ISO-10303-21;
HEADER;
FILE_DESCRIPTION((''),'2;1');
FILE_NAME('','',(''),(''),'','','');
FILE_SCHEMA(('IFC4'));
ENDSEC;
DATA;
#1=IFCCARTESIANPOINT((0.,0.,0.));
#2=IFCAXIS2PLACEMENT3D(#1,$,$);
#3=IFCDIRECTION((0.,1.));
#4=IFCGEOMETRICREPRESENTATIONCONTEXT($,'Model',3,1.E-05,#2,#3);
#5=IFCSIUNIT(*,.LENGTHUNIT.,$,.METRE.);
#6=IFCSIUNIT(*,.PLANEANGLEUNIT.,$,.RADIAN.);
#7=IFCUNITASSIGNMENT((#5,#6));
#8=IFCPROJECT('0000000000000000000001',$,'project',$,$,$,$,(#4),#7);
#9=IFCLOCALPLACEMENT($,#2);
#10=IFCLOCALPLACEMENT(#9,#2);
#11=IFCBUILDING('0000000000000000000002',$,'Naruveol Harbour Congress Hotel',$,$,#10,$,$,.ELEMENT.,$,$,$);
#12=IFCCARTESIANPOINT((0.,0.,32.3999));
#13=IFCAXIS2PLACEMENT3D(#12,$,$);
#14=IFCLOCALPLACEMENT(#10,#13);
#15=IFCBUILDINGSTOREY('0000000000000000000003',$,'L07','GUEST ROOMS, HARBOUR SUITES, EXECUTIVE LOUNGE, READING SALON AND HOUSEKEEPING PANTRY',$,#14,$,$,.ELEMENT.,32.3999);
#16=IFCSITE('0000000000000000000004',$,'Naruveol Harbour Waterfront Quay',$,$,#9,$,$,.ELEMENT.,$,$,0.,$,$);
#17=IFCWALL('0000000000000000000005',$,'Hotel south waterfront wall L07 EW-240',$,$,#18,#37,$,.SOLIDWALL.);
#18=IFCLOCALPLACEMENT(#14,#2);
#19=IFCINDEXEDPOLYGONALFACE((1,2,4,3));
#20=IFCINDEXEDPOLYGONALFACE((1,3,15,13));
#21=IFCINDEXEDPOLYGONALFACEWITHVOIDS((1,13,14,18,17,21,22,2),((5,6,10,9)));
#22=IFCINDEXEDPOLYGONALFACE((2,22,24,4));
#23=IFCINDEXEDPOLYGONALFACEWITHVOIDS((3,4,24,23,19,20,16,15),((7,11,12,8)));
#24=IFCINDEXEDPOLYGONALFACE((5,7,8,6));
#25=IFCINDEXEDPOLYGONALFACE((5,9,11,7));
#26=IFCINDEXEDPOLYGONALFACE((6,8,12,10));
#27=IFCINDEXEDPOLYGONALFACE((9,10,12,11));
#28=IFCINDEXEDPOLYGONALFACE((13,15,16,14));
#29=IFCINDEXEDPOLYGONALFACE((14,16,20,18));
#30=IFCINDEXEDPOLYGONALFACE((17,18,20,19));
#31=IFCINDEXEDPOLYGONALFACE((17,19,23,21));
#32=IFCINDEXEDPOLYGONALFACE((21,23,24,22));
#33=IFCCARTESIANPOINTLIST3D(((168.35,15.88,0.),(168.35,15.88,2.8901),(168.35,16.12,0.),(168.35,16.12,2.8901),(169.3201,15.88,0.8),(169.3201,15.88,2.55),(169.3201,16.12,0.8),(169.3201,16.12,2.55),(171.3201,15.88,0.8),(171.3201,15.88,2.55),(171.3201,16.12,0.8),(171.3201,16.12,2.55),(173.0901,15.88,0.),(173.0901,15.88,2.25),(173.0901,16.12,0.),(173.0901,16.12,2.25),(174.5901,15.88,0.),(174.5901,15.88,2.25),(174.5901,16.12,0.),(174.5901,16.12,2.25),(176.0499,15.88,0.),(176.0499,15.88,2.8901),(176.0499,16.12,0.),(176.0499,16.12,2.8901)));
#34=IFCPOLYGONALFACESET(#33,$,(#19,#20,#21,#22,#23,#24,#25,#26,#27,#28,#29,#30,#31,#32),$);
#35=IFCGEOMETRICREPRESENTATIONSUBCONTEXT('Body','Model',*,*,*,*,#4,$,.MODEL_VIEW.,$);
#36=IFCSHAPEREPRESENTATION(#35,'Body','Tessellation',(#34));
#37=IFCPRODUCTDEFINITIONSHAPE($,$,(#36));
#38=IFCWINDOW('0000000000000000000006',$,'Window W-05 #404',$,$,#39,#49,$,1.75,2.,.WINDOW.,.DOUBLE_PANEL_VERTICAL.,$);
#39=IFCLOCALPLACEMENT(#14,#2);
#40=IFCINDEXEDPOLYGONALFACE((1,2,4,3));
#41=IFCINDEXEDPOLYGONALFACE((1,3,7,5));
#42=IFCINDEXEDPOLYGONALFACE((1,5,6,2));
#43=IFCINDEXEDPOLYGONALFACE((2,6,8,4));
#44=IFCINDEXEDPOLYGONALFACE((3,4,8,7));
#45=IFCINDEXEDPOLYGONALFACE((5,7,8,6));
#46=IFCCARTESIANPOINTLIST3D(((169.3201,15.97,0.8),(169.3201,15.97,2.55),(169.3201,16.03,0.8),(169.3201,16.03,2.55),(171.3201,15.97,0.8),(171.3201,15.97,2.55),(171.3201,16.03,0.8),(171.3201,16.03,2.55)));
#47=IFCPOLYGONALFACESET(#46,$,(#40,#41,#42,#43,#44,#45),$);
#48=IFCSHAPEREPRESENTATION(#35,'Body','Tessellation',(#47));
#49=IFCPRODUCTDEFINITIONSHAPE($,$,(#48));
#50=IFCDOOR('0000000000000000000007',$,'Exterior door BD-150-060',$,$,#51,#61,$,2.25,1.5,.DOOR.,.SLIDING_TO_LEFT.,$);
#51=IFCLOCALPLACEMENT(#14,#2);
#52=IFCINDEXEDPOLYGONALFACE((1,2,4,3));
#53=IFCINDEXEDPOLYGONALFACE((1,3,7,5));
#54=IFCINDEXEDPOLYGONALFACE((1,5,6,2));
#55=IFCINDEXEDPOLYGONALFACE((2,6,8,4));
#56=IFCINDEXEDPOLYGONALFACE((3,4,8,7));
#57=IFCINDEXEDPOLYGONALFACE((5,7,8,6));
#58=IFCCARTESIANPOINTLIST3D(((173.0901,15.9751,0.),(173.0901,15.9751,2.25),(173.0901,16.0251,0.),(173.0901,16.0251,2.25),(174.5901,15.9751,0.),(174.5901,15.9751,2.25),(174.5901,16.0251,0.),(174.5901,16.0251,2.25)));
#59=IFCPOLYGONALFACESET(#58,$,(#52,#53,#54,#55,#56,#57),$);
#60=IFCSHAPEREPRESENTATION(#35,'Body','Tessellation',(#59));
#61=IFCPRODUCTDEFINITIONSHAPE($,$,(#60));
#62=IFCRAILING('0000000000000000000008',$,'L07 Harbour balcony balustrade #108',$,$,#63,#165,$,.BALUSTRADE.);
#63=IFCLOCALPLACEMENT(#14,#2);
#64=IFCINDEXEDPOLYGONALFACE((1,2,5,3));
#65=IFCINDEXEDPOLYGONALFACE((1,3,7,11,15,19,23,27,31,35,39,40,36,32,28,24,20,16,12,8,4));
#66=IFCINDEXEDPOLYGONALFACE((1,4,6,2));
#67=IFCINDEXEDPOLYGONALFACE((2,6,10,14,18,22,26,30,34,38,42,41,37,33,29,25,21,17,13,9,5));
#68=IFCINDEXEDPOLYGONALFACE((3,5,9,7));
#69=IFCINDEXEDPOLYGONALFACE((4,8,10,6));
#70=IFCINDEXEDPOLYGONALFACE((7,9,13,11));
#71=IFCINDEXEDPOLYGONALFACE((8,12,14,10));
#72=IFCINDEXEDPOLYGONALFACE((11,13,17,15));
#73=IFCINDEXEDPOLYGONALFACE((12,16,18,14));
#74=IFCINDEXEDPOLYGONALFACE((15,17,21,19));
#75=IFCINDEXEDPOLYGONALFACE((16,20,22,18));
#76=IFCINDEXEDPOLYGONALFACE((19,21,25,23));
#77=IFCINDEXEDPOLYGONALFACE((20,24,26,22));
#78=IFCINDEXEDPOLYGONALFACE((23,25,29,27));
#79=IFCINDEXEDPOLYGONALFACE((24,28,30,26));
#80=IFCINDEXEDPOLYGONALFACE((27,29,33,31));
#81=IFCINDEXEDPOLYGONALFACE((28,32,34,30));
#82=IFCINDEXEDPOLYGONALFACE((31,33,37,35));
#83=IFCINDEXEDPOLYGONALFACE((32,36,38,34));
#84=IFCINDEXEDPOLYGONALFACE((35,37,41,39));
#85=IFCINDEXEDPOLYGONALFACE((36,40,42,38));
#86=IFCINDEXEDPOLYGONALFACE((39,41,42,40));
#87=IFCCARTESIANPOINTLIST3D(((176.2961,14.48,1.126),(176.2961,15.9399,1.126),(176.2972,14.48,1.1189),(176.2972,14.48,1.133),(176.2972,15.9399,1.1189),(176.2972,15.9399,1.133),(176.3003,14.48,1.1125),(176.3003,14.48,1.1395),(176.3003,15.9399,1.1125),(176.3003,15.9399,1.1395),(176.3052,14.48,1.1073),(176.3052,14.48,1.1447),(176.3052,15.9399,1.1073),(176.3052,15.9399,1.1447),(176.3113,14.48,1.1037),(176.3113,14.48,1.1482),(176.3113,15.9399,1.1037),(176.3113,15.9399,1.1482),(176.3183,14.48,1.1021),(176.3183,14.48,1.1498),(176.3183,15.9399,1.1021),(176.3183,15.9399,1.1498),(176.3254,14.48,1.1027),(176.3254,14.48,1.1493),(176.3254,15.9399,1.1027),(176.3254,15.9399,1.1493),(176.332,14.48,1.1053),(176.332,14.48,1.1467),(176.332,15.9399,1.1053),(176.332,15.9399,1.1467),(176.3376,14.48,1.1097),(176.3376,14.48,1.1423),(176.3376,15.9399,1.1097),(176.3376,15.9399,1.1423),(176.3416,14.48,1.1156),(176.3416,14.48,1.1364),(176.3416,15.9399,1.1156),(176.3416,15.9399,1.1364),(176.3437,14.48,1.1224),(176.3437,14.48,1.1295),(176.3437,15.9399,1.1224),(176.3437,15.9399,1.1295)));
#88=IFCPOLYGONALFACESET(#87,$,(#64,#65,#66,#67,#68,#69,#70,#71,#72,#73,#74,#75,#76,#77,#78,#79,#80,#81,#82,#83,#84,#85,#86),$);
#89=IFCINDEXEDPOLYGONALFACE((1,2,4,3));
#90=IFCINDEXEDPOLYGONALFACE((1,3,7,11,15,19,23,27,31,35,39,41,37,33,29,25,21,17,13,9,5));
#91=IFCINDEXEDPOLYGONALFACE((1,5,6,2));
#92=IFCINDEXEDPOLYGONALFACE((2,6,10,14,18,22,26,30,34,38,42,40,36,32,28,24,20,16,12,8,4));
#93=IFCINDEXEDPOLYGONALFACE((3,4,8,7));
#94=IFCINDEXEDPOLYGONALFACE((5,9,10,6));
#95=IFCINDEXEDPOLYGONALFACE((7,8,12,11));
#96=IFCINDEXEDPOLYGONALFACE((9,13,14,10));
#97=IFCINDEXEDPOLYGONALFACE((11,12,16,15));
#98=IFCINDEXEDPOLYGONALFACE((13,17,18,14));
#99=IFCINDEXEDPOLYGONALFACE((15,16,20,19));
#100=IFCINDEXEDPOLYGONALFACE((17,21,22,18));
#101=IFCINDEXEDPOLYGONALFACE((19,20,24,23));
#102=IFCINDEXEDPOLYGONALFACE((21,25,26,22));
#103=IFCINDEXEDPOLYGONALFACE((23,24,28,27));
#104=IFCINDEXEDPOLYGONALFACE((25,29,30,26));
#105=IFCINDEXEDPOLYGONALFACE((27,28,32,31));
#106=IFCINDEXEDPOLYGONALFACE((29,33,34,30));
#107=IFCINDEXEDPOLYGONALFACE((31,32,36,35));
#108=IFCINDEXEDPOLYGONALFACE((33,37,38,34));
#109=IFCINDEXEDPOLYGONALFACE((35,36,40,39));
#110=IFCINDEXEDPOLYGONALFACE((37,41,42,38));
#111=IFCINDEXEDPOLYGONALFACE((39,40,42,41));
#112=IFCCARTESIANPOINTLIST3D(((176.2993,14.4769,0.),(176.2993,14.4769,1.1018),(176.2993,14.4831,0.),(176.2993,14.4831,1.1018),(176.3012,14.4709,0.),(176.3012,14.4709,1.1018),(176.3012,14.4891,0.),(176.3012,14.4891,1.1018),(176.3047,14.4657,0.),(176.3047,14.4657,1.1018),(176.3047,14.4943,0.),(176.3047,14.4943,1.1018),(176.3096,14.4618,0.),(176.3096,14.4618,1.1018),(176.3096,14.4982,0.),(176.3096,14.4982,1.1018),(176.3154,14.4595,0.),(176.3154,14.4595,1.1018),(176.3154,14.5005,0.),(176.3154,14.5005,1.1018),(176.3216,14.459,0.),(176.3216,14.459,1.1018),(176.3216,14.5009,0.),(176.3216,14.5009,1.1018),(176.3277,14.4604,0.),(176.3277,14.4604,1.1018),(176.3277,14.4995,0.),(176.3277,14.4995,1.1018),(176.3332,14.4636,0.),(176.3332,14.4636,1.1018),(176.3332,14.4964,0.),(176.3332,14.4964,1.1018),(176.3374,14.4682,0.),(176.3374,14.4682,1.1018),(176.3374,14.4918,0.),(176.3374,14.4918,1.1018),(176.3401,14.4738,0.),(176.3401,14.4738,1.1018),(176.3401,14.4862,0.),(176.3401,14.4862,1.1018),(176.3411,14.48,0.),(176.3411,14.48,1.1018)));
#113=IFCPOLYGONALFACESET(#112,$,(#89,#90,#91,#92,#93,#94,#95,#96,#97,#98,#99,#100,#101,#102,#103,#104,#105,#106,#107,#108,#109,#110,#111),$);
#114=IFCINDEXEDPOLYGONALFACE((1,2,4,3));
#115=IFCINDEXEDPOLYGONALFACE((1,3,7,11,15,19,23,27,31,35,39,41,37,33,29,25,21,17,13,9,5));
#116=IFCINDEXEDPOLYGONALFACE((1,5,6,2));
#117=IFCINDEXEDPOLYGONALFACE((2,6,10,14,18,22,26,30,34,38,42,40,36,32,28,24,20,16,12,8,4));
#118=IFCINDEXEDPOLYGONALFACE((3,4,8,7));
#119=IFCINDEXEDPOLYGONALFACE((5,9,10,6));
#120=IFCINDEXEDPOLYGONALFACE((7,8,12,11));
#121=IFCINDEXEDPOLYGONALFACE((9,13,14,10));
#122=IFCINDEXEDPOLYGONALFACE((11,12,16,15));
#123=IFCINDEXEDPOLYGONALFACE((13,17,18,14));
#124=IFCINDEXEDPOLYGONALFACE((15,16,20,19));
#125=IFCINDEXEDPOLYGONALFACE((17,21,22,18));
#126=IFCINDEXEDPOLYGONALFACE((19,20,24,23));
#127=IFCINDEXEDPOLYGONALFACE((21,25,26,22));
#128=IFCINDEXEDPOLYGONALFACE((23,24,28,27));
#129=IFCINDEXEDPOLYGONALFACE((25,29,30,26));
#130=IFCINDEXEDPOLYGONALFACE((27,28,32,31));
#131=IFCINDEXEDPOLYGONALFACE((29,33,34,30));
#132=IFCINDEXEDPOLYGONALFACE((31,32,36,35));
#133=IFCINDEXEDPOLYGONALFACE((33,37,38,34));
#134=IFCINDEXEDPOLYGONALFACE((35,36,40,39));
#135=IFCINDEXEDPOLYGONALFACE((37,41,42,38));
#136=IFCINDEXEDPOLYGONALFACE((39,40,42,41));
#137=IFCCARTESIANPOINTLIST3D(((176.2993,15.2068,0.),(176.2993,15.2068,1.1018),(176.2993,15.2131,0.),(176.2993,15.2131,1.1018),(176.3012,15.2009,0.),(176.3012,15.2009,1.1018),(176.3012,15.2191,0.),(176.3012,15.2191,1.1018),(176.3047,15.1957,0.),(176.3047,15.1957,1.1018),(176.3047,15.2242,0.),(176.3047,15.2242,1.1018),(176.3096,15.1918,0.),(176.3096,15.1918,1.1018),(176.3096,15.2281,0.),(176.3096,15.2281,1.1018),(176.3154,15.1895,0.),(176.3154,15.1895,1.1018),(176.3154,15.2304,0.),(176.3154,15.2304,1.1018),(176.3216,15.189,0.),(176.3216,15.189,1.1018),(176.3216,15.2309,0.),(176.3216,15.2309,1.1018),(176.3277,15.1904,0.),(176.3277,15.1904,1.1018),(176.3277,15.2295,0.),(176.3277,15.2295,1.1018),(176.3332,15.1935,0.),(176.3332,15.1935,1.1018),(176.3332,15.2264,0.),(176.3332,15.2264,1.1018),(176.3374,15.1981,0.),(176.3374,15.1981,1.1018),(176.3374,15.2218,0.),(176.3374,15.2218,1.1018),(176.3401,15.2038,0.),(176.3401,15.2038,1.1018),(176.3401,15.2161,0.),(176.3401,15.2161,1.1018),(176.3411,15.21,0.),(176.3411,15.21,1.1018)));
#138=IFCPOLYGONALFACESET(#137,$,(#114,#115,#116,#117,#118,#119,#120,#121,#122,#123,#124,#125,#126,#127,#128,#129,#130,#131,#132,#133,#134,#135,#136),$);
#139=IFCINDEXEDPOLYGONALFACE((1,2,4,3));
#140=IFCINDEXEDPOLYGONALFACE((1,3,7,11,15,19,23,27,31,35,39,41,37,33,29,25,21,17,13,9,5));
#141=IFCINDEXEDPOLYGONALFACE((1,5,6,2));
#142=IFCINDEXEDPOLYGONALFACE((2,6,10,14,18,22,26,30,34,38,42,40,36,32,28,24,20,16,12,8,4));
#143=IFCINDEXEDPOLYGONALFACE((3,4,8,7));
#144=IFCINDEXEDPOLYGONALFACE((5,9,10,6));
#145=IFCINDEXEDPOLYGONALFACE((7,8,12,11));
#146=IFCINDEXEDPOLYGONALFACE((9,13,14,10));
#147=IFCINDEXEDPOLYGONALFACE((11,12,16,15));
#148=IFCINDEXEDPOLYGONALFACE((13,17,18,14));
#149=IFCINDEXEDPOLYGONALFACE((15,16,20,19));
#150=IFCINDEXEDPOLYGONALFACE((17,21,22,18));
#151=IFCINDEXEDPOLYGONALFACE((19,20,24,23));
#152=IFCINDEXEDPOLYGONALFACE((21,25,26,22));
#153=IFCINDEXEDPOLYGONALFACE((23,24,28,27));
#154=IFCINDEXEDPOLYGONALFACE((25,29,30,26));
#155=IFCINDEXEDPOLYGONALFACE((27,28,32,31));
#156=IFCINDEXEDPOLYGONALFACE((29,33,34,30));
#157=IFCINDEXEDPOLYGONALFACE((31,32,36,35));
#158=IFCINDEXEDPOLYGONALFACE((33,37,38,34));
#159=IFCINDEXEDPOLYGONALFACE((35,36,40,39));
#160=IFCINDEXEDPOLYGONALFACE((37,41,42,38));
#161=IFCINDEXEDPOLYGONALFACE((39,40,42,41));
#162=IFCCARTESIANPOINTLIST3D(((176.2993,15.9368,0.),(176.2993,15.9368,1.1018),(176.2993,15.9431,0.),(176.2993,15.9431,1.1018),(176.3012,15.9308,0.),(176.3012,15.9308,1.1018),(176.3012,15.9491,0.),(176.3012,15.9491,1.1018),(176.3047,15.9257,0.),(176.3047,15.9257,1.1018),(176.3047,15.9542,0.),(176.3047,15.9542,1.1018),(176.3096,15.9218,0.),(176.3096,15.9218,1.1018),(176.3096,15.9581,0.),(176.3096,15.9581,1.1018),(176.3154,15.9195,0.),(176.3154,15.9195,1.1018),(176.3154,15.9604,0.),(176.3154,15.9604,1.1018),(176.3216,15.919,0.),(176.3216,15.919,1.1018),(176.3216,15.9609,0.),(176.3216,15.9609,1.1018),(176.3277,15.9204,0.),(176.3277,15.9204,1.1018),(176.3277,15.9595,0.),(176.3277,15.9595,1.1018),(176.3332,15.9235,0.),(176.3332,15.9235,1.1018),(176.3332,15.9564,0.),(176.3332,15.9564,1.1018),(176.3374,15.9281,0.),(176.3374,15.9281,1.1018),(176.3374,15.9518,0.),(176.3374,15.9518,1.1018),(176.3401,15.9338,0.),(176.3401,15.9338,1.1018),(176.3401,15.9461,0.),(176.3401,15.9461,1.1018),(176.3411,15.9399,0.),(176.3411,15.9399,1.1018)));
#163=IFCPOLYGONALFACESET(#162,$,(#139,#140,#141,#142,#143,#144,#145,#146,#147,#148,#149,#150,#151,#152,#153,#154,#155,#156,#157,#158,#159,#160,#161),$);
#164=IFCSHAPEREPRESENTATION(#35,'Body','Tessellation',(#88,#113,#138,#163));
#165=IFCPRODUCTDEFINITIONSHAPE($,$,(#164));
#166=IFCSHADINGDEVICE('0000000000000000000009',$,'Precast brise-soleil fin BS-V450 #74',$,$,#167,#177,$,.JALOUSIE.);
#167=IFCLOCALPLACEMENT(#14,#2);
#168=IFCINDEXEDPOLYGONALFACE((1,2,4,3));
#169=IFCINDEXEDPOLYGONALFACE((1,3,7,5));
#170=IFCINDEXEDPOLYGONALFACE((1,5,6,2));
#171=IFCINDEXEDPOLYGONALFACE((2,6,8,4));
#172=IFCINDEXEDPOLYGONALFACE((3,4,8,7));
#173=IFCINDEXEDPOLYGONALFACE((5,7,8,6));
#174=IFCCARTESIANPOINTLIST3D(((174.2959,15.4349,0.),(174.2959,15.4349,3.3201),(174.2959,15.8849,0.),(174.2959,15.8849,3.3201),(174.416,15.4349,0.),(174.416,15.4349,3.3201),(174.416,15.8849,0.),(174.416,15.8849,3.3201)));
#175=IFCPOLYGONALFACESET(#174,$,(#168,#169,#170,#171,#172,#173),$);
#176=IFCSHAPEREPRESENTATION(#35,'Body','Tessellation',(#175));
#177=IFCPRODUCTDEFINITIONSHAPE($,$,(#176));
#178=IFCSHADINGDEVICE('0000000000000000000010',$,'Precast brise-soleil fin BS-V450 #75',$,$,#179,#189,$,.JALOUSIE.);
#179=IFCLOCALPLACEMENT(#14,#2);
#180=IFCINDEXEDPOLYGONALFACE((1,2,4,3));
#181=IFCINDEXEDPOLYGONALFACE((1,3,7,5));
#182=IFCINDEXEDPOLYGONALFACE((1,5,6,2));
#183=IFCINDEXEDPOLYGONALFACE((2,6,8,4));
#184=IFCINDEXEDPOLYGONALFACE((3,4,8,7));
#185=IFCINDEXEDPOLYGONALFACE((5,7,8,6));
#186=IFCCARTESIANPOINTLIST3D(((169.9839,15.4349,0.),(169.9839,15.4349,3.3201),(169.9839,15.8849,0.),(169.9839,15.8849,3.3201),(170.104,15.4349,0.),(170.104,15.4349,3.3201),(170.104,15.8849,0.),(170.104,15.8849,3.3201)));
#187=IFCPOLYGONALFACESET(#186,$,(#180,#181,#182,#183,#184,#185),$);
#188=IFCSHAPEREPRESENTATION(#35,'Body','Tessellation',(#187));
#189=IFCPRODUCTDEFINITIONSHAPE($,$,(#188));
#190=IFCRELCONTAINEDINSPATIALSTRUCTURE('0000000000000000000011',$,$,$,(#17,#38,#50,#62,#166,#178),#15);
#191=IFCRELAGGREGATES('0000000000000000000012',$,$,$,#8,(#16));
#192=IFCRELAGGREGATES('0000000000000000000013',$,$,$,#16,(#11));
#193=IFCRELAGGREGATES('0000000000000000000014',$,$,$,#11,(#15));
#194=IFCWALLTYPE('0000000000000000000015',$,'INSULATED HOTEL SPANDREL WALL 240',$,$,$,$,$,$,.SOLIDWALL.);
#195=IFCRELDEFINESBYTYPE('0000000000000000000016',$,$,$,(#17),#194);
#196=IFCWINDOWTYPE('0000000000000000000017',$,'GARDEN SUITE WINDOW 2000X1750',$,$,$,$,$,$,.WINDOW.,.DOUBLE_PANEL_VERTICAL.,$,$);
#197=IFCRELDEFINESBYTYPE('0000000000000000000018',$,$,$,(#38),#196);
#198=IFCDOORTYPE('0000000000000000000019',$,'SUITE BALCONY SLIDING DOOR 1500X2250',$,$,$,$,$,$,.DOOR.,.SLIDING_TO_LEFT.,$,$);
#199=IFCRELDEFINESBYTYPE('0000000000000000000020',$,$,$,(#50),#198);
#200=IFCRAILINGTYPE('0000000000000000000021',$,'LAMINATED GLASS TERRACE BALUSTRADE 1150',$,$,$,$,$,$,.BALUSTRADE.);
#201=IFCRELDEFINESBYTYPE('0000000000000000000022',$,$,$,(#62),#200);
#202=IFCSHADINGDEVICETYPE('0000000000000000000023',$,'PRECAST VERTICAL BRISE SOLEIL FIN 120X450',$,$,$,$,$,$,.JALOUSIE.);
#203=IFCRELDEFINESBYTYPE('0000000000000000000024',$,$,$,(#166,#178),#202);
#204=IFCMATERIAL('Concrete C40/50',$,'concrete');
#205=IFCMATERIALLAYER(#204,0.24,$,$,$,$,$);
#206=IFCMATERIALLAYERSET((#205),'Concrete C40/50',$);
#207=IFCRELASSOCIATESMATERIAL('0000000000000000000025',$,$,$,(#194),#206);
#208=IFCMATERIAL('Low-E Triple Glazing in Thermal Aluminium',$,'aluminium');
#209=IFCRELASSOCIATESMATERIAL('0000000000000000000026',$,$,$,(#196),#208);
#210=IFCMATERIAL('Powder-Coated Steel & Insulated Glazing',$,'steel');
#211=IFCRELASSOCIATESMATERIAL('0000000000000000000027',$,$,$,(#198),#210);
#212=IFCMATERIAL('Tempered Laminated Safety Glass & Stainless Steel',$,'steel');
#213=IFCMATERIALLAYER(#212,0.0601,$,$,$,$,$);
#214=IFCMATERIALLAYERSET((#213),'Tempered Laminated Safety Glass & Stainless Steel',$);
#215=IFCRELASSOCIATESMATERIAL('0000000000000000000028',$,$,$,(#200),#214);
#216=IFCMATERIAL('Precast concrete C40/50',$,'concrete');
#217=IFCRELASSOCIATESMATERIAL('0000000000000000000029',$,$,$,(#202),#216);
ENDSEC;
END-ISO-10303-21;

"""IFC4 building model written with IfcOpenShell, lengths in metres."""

from ifc_helpers import new_model, si_unit, direction, frame, frame_2d, origin, origin_2d, place, context, subcontext, project, spatial, rectangle, circle, extrude, material, layer, layer_set, type_object, element, fill, save


model = new_model("IFC4")

# Units and contexts
model_context = context("Model", 3, precision=1e-05, world=origin(), true_north=direction((0.0, 1.0)))
body_context = subcontext(model_context, "Body", "Model", "MODEL_VIEW")
ifc_project = project(units=[si_unit("LENGTHUNIT", "METRE"), si_unit("PLANEANGLEUNIT", "RADIAN")], contexts=[model_context])

# Site, building, storey
site_placement = place(None, origin())
site = spatial("IfcSite", under=ifc_project, at=site_placement, Name="Naruveol Harbour Waterfront Quay", CompositionType="ELEMENT", RefElevation=0.0)
building_placement = place(site_placement, origin())
building = spatial("IfcBuilding", under=site, at=building_placement, Name="Naruveol Harbour Congress Hotel", CompositionType="ELEMENT")
storey_placement = place(building_placement, frame((0.0, 0.0, 32.3999)))
storey = spatial("IfcBuildingStorey", under=building, at=storey_placement, Name="L07", Description="GUEST ROOMS, HARBOUR SUITES, EXECUTIVE LOUNGE, READING SALON AND HOUSEKEEPING PANTRY", CompositionType="ELEMENT", Elevation=32.3999)

# Wall, openings, window, door
ifc_material_1 = material(Name="Concrete C40/50", Category="concrete")
ifc_layer_1 = layer(ifc_material_1, 0.24)
ifc_layer_set_1 = layer_set([ifc_layer_1], Name="Concrete C40/50")
wall_type_1 = type_object("IfcWallType", Name="INSULATED HOTEL SPANDREL WALL 240", PredefinedType="SOLIDWALL", material=ifc_layer_set_1)
wall_1_placement = place(storey_placement, frame((176.05, 16.0, 0.0), z_axis=(0.0, 0.0, 1.0), x_axis=(-1.0, 0.0, 0.0)))
wall_1 = element("IfcWall", 1, at=wall_1_placement, inside=storey, type_object=wall_type_1, Name="Hotel south waterfront wall L07 EW-240", PredefinedType="SOLIDWALL", context=body_context, shape_type="SweptSolid", body=[
    extrude(rectangle(XDim=7.7, YDim=0.24, at=frame_2d((3.8501, 0.0))), origin(), (0.0, 0.0, 1.0), 2.8901),
])
opening_1_placement = place(wall_1_placement, frame((1.46, 0.0, 0.0)))
opening_1 = element("IfcOpeningElement", 2, at=opening_1_placement, cuts=wall_1, PredefinedType="OPENING", context=body_context, shape_type="SweptSolid", body=[
    extrude(rectangle(XDim=1.5, YDim=2.25, at=frame_2d((0.75, 1.125))), frame((0.0, 0.1299, 0.0), z_axis=(0.0, -1.0, 0.0), x_axis=(1.0, 0.0, 0.0)), (0.0, 0.0, 1.0), 0.26),
])
opening_2_placement = place(wall_1_placement, frame((4.73, 0.0, 0.8)))
opening_2 = element("IfcOpeningElement", 3, at=opening_2_placement, cuts=wall_1, PredefinedType="OPENING", context=body_context, shape_type="SweptSolid", body=[
    extrude(rectangle(XDim=2.0, YDim=1.75, at=frame_2d((1.0, 0.875))), frame((0.0, 0.1299, 0.0), z_axis=(0.0, -1.0, 0.0), x_axis=(1.0, 0.0, 0.0)), (0.0, 0.0, 1.0), 0.26),
])
ifc_material_2 = material(Name="Low-E Triple Glazing in Thermal Aluminium", Category="aluminium")
window_type = type_object("IfcWindowType", Name="GARDEN SUITE WINDOW 2000X1750", PartitioningType="DOUBLE_PANEL_VERTICAL", PredefinedType="WINDOW", material=ifc_material_2)
window_placement = place(opening_2_placement, origin())
window = element("IfcWindow", 4, at=window_placement, inside=storey, type_object=window_type, Name="Window W-05 #404", OverallHeight=1.75, OverallWidth=2.0, PartitioningType="DOUBLE_PANEL_VERTICAL", PredefinedType="WINDOW", context=body_context, shape_type="SweptSolid", body=[
    extrude(rectangle(XDim=2.0, YDim=1.75, at=frame_2d((1.0, 0.875))), frame((0.0, 0.03, 0.0), z_axis=(0.0, -1.0, 0.0), x_axis=(1.0, 0.0, 0.0)), (0.0, 0.0, 1.0), 0.0601),
])
fill(opening_2, window)
ifc_material_3 = material(Name="Powder-Coated Steel & Insulated Glazing", Category="steel")
door_type_1 = type_object("IfcDoorType", Name="SUITE BALCONY SLIDING DOOR 1500X2250", OperationType="SLIDING_TO_LEFT", PredefinedType="DOOR", material=ifc_material_3)
door_1_placement = place(opening_1_placement, origin())
door_1 = element("IfcDoor", 5, at=door_1_placement, inside=storey, type_object=door_type_1, Name="Exterior door BD-150-060", OperationType="SLIDING_TO_LEFT", OverallHeight=2.25, OverallWidth=1.5, PredefinedType="DOOR", context=body_context, shape_type="SweptSolid", body=[
    extrude(rectangle(XDim=1.5, YDim=2.25, at=frame_2d((0.75, 1.125))), frame((0.0, 0.0249, 0.0), z_axis=(0.0, -1.0, 0.0), x_axis=(1.0, 0.0, 0.0)), (0.0, 0.0, 1.0), 0.05),
])
fill(opening_1, door_1)

# Railing
ifc_material_4 = material(Name="Tempered Laminated Safety Glass & Stainless Steel", Category="steel")
ifc_layer_2 = layer(ifc_material_4, 0.0601)
ifc_layer_set_2 = layer_set([ifc_layer_2], Name="Tempered Laminated Safety Glass & Stainless Steel")
railing_type = type_object("IfcRailingType", Name="LAMINATED GLASS TERRACE BALUSTRADE 1150", PredefinedType="BALUSTRADE", material=ifc_layer_set_2)
railing_placement = place(storey_placement, frame((176.3201, 14.48, 0.0)))
element("IfcRailing", 6, at=railing_placement, inside=storey, type_object=railing_type, Name="L07 Harbour balcony balustrade #108", PredefinedType="BALUSTRADE", context=body_context, shape_type="SweptSolid", body=[
    extrude(circle(Radius=0.0239, at=origin_2d()), frame((0.0, 0.0, 1.126), z_axis=(0.0, 1.0, 0.0), x_axis=(-1.0, 0.0, 0.0)), (0.0, 0.0, 1.0), 1.46),
    extrude(circle(Radius=0.021, at=origin_2d()), origin(), (0.0, 0.0, 1.0), 1.1018),
    extrude(circle(Radius=0.021, at=origin_2d()), frame((0.0, 0.73, 0.0)), (0.0, 0.0, 1.0), 1.1018),
    extrude(circle(Radius=0.021, at=origin_2d()), frame((0.0, 1.46, 0.0)), (0.0, 0.0, 1.0), 1.1018),
])

# Shading devices
ifc_material_5 = material(Name="Precast concrete C40/50", Category="concrete")
shading_device_type = type_object("IfcShadingDeviceType", Name="PRECAST VERTICAL BRISE SOLEIL FIN 120X450", PredefinedType="JALOUSIE", material=ifc_material_5)
for number, where, z_axis, x_axis, name in (
    (7, (174.356, 15.6599, 0.0), (0.0, 0.0, 1.0), (-1.0, 0.0, 0.0), "Precast brise-soleil fin BS-V450 #74"),
    (8, (170.0439, 15.6599, 0.0), (0.0, 0.0, 1.0), (-1.0, 0.0, 0.0), "Precast brise-soleil fin BS-V450 #75"),
):
    element("IfcShadingDevice", number, at=place(storey_placement, frame(where, z_axis=z_axis, x_axis=x_axis)), inside=storey, type_object=shading_device_type, Name=name, PredefinedType="JALOUSIE", context=body_context, shape_type="SweptSolid", body=[
        extrude(rectangle(XDim=0.1201, YDim=0.45, at=origin_2d()), origin(), (0.0, 0.0, 1.0), 3.3201),
    ])

save(model, "model.ifc")
